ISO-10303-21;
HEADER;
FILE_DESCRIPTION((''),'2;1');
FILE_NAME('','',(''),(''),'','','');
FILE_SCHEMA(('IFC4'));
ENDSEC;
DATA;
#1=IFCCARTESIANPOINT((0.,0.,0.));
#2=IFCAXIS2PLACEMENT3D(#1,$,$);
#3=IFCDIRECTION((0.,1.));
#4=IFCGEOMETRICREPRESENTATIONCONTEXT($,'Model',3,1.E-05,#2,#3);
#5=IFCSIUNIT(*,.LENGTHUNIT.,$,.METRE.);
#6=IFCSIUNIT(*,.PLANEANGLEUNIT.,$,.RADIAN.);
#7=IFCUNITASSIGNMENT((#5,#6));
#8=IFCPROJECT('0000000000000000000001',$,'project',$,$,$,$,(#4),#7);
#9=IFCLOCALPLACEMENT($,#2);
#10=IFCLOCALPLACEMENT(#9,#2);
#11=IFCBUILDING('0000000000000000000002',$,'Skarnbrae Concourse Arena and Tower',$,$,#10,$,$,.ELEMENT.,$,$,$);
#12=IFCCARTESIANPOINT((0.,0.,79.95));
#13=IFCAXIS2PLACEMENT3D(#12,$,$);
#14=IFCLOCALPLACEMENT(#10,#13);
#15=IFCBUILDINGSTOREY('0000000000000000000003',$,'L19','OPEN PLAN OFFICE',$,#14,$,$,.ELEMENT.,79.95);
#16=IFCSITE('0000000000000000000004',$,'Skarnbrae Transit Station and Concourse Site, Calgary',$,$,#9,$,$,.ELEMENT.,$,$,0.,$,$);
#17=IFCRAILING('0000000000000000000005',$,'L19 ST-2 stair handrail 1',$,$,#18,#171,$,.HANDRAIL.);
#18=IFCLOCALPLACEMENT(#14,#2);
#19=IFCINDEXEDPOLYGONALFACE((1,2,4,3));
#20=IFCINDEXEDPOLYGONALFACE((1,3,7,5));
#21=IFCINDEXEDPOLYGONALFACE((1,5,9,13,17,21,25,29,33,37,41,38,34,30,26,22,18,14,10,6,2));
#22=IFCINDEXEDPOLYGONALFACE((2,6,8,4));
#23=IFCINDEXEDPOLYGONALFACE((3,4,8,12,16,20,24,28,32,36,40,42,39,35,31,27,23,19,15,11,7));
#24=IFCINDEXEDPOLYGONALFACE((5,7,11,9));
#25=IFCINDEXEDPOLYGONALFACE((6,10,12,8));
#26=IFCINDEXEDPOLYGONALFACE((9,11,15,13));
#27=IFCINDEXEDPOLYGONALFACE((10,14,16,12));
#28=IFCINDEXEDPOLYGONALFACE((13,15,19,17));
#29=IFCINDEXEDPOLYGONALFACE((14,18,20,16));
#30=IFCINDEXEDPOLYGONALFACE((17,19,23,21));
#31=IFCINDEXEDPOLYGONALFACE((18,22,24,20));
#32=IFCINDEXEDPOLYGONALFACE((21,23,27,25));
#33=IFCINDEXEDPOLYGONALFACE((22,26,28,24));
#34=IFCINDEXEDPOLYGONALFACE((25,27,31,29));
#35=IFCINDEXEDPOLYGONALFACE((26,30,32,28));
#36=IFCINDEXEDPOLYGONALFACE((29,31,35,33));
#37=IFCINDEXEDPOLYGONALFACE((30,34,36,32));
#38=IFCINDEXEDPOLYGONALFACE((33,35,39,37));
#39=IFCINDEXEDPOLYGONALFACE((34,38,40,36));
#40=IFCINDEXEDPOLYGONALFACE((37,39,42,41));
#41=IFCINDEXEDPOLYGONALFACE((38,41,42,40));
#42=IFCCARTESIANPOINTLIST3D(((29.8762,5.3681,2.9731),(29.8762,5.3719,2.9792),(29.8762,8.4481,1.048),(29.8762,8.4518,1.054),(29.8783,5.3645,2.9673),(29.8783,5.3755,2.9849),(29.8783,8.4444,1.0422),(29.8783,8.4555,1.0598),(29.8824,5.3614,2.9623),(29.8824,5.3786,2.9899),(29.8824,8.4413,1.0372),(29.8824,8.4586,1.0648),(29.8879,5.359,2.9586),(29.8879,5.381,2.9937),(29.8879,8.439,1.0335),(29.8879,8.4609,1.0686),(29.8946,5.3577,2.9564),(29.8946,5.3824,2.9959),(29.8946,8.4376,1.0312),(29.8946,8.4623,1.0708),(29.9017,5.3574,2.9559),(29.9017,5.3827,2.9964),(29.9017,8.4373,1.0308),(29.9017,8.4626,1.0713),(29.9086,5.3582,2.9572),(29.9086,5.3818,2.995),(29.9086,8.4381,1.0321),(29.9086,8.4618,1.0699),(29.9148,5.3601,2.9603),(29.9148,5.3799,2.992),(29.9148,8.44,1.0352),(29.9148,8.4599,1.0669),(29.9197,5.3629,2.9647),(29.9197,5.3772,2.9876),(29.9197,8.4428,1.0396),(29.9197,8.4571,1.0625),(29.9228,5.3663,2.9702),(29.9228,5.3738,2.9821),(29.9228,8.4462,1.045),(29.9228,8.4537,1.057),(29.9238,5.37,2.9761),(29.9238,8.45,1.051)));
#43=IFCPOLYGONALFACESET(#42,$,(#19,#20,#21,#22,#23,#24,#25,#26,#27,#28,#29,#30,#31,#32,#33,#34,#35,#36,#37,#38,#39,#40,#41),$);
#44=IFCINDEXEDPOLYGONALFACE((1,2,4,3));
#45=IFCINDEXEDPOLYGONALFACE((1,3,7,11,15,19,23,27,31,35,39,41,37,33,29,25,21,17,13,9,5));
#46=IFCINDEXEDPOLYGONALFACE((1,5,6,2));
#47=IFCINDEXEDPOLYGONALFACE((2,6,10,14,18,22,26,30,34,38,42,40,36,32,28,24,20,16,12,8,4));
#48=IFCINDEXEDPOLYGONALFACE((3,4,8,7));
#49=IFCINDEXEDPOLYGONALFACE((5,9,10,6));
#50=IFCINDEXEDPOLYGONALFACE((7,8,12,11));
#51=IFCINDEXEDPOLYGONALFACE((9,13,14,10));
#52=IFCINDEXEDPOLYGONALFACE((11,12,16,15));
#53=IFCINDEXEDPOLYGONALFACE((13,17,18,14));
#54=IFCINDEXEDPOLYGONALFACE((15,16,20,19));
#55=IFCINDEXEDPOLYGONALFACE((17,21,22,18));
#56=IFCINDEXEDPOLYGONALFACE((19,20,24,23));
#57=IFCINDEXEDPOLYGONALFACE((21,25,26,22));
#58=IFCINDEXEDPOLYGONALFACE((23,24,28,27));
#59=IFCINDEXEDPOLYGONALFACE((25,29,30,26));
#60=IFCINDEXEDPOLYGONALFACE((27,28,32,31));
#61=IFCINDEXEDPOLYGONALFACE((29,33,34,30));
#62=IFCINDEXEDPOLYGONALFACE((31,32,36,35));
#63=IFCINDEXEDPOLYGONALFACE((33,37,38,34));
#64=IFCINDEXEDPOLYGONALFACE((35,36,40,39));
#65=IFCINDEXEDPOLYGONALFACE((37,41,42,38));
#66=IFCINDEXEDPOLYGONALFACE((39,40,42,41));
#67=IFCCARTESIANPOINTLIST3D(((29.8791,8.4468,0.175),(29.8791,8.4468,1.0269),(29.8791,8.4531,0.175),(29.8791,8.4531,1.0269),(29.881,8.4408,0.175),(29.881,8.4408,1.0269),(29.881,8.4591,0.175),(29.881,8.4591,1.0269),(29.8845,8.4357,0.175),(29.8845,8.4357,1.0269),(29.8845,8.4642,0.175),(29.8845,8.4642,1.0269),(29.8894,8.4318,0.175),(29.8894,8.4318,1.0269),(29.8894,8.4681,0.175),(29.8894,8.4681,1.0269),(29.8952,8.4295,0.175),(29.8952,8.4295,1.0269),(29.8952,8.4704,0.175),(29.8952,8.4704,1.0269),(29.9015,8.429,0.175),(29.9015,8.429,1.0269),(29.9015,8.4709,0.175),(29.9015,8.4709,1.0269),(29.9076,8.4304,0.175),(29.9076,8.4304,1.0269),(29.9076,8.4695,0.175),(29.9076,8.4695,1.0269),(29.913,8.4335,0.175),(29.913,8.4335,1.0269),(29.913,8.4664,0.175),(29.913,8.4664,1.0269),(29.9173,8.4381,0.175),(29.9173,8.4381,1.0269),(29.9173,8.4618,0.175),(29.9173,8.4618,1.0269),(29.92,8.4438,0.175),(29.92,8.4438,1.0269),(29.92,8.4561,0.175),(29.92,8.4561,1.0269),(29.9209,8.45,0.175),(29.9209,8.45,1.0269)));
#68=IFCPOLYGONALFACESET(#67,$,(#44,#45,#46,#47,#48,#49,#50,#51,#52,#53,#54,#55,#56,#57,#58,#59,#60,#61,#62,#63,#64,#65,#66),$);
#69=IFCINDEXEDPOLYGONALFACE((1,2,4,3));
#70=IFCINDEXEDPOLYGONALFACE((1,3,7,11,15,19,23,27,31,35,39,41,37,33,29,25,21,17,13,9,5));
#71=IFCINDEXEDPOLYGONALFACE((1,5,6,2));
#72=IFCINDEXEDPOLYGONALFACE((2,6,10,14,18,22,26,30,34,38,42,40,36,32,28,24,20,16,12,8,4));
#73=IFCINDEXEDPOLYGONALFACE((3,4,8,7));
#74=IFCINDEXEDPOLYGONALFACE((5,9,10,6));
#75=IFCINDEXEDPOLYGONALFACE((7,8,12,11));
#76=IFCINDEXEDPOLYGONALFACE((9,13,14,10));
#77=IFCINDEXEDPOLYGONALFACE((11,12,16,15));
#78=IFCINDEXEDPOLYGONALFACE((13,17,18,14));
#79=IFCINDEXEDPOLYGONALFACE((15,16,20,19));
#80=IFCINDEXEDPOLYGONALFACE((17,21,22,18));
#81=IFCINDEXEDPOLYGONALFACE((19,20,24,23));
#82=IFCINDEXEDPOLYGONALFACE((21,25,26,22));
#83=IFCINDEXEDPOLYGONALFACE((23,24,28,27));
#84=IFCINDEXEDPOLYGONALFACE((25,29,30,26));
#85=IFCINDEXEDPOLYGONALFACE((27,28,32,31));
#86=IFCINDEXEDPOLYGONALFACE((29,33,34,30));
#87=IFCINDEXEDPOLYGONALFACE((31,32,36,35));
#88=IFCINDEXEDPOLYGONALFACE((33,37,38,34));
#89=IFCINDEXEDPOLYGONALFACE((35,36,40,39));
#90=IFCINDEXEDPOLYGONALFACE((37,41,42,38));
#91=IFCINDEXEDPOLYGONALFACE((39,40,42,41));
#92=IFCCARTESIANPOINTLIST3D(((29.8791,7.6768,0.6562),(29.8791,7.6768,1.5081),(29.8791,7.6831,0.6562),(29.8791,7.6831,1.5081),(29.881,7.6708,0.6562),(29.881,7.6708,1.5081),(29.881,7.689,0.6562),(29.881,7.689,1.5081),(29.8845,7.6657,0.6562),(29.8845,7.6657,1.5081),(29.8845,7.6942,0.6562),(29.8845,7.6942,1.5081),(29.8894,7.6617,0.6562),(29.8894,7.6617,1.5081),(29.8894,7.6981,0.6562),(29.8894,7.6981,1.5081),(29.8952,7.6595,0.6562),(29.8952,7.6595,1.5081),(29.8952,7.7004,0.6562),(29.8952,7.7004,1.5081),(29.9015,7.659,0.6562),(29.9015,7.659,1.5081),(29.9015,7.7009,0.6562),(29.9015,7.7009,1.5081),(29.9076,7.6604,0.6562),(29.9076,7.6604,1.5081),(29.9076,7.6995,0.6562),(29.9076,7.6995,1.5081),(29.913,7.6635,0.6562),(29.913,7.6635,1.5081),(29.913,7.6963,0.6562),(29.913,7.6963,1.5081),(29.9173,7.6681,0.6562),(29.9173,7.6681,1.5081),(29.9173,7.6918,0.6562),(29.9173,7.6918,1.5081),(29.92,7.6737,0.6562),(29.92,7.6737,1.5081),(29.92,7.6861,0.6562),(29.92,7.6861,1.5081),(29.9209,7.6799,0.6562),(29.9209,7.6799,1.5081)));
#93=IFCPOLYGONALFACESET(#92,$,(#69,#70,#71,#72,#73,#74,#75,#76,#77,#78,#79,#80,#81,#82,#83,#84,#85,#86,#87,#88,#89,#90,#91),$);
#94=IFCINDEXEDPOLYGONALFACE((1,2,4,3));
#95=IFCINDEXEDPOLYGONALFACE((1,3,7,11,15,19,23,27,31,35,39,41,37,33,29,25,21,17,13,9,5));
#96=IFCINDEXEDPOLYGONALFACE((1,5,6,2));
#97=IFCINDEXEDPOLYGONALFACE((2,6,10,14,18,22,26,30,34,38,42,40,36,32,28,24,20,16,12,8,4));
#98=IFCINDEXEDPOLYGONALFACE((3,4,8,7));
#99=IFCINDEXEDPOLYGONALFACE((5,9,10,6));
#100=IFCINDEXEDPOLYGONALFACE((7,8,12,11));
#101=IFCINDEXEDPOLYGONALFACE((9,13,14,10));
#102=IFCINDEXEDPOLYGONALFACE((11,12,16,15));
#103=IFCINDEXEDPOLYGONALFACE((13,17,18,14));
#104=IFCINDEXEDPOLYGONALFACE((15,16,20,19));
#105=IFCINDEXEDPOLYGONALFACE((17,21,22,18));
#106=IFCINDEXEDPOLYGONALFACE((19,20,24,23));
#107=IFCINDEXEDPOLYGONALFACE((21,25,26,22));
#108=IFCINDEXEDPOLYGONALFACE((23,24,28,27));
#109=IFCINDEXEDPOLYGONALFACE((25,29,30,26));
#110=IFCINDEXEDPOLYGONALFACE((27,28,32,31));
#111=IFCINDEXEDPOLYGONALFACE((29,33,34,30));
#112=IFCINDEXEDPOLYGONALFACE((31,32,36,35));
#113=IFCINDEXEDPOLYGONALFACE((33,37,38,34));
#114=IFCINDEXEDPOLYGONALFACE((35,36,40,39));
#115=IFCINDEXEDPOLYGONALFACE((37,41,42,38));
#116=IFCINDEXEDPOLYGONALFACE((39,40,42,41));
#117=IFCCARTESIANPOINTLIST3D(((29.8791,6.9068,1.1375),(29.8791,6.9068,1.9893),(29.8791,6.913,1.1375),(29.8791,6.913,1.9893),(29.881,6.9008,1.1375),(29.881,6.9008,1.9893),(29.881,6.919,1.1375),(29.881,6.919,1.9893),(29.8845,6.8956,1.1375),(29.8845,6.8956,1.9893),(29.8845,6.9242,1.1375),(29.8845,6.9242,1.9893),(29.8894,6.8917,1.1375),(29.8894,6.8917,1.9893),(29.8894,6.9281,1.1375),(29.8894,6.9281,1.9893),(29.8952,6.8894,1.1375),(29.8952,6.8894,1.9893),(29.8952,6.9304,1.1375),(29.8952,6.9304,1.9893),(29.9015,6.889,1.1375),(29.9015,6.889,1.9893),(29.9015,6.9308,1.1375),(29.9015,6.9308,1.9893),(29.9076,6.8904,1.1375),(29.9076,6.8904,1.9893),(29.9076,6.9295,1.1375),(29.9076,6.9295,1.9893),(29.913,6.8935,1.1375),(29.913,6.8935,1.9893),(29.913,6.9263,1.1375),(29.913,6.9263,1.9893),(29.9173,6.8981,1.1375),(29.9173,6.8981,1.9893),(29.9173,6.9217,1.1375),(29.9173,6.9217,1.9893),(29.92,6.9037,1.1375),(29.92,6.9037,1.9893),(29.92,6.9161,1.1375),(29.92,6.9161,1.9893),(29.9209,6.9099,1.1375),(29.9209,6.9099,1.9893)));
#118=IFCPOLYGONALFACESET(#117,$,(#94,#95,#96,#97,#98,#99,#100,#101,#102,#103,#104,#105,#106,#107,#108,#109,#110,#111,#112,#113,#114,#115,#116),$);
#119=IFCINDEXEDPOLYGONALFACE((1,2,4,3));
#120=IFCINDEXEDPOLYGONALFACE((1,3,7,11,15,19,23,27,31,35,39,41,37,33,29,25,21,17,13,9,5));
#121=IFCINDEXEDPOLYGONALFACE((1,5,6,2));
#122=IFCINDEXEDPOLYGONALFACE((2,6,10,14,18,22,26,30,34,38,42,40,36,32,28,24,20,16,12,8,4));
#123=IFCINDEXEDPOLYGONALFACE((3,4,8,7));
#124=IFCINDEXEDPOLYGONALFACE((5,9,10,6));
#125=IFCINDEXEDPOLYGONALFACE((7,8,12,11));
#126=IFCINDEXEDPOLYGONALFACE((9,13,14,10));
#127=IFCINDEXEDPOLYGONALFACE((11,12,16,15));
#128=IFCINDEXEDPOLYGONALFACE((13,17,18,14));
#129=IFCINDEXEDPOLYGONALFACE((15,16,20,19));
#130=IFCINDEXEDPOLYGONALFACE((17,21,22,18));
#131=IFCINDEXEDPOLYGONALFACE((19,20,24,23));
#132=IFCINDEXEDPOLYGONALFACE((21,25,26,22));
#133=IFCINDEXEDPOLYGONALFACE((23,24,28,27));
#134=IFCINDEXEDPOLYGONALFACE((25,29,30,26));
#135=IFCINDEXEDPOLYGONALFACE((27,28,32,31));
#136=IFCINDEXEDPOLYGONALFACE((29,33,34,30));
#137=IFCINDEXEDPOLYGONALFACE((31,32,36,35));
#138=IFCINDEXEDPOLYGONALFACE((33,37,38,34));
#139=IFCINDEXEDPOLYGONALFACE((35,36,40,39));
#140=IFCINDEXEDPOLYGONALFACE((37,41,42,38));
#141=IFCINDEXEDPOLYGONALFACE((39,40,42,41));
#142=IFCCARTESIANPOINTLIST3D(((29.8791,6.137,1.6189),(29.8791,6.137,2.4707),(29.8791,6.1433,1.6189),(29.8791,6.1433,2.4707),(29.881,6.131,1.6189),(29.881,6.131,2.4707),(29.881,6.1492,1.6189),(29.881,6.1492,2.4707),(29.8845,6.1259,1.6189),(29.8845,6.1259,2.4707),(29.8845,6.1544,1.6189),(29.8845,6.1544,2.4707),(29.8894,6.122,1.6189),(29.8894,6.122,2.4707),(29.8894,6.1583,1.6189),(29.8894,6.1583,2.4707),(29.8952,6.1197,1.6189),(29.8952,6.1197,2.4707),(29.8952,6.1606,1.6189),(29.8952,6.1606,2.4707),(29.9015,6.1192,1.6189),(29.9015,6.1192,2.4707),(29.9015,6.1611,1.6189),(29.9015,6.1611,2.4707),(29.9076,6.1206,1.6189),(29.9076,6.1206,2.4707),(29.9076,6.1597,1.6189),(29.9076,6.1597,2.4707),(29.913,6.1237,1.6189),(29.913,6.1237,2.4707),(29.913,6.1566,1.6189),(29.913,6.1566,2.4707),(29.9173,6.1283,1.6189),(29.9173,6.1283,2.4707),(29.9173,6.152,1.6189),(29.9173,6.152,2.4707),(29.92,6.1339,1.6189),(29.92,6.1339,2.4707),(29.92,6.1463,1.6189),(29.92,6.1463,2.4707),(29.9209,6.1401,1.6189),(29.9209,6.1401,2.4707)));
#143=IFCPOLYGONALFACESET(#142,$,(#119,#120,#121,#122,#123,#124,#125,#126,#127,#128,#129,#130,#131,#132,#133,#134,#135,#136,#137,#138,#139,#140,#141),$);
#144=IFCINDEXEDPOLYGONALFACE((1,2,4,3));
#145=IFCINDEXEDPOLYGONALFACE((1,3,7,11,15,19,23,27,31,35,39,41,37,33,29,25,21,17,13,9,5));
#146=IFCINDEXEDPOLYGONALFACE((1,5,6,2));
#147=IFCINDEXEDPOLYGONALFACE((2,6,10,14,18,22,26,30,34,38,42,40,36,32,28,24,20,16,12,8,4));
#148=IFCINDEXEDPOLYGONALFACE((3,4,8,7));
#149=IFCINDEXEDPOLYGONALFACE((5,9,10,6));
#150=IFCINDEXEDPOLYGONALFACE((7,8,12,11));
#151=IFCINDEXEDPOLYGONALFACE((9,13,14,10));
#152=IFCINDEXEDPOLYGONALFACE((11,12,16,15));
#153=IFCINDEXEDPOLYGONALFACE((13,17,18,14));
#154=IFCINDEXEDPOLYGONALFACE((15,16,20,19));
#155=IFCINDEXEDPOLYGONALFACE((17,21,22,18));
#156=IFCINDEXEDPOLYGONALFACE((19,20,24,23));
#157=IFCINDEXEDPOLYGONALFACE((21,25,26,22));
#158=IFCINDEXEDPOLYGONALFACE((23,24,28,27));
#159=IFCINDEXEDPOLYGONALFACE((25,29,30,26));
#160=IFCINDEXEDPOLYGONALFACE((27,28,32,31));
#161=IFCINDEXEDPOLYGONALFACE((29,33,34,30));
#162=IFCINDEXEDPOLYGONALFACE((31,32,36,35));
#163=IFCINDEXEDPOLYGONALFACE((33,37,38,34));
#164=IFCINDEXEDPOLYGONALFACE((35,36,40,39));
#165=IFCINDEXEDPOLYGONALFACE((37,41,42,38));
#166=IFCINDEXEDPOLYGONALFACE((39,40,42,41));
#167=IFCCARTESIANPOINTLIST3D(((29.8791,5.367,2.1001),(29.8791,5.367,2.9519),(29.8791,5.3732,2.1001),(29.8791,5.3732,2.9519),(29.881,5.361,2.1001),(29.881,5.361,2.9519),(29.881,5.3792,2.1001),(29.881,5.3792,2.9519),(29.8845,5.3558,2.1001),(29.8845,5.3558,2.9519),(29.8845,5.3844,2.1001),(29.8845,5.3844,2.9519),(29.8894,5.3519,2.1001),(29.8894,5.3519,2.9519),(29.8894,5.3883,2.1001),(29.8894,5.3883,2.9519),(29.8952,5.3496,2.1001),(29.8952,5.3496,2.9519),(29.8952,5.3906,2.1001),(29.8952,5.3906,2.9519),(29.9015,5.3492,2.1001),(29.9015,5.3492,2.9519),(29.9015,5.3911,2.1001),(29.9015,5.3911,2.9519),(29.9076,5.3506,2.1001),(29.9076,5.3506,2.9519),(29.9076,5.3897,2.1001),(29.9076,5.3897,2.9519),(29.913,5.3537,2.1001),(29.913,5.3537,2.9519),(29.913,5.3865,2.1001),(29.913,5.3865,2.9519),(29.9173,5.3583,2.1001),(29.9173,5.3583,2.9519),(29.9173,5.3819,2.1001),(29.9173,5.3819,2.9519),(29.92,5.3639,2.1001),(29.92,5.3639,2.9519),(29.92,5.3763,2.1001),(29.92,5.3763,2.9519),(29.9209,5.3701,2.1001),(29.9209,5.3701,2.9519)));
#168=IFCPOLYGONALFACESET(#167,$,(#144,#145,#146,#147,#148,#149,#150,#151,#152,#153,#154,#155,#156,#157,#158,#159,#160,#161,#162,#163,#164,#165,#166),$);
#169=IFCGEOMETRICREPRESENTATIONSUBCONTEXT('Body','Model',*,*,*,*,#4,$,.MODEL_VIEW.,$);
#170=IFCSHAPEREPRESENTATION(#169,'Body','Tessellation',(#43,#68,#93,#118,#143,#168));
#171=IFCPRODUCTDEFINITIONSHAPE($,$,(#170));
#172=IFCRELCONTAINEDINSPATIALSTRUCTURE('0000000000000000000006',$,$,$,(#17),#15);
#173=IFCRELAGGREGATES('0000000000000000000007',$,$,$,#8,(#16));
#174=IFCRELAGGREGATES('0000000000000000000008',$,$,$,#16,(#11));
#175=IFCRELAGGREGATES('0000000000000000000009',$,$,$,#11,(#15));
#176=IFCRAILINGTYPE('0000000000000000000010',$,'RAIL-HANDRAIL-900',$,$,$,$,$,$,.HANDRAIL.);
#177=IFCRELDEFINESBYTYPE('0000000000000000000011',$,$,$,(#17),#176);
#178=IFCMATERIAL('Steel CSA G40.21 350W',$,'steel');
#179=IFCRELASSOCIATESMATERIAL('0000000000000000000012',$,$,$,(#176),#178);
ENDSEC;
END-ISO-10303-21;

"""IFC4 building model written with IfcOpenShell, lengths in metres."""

from ifc_helpers import new_model, si_unit, direction, frame, origin, origin_2d, place, context, subcontext, project, spatial, circle, extrude, material, type_object, element, save


model = new_model("IFC4")

# Units and contexts
model_context = context("Model", 3, precision=1e-05, world=origin(), true_north=direction((0.0, 1.0)))
body_context = subcontext(model_context, "Body", "Model", "MODEL_VIEW")
ifc_project = project(units=[si_unit("LENGTHUNIT", "METRE"), si_unit("PLANEANGLEUNIT", "RADIAN")], contexts=[model_context])

# Site, building, storey
site_placement = place(None, origin())
site = spatial("IfcSite", under=ifc_project, at=site_placement, Name="Skarnbrae Transit Station and Concourse Site, Calgary", CompositionType="ELEMENT", RefElevation=0.0)
building_placement = place(site_placement, origin())
building = spatial("IfcBuilding", under=site, at=building_placement, Name="Skarnbrae Concourse Arena and Tower", CompositionType="ELEMENT")
storey_placement = place(building_placement, frame((0.0, 0.0, 79.95)))
storey = spatial("IfcBuildingStorey", under=building, at=storey_placement, Name="L19", Description="OPEN PLAN OFFICE", CompositionType="ELEMENT", Elevation=79.95)

# Shared definitions
ifc_material_1 = material(Name="Steel CSA G40.21 350W", Category="steel")

# Railing
railing_type_1 = type_object("IfcRailingType", Name="RAIL-HANDRAIL-900", PredefinedType="HANDRAIL", material=ifc_material_1)
railing_1_placement = place(storey_placement, frame((29.8999, 8.45, 0.175)))
element("IfcRailing", 1, at=railing_1_placement, inside=storey, type_object=railing_type_1, Name="L19 ST-2 stair handrail 1", PredefinedType="HANDRAIL", context=body_context, shape_type="SweptSolid", body=[
    extrude(circle(Radius=0.0239, at=origin_2d()), frame((0.0, 0.0, 0.876), z_axis=(0.0, -0.847979, 0.530029), x_axis=(1.0, 0.0, 0.0)), (0.0, 0.0, 1.0), 3.6321),
    extrude(circle(Radius=0.021, at=origin_2d()), origin(), (0.0, 0.0, 1.0), 0.8518),
    extrude(circle(Radius=0.021, at=origin_2d()), frame((0.0, -0.77, 0.4812)), (0.0, 0.0, 1.0), 0.8518),
    extrude(circle(Radius=0.021, at=origin_2d()), frame((0.0, -1.54, 0.9624)), (0.0, 0.0, 1.0), 0.8518),
    extrude(circle(Radius=0.021, at=origin_2d()), frame((0.0, -2.3098, 1.4438)), (0.0, 0.0, 1.0), 0.8518),
    extrude(circle(Radius=0.021, at=origin_2d()), frame((0.0, -3.0798, 1.925)), (0.0, 0.0, 1.0), 0.8518),
])

save(model, "model.ifc")
